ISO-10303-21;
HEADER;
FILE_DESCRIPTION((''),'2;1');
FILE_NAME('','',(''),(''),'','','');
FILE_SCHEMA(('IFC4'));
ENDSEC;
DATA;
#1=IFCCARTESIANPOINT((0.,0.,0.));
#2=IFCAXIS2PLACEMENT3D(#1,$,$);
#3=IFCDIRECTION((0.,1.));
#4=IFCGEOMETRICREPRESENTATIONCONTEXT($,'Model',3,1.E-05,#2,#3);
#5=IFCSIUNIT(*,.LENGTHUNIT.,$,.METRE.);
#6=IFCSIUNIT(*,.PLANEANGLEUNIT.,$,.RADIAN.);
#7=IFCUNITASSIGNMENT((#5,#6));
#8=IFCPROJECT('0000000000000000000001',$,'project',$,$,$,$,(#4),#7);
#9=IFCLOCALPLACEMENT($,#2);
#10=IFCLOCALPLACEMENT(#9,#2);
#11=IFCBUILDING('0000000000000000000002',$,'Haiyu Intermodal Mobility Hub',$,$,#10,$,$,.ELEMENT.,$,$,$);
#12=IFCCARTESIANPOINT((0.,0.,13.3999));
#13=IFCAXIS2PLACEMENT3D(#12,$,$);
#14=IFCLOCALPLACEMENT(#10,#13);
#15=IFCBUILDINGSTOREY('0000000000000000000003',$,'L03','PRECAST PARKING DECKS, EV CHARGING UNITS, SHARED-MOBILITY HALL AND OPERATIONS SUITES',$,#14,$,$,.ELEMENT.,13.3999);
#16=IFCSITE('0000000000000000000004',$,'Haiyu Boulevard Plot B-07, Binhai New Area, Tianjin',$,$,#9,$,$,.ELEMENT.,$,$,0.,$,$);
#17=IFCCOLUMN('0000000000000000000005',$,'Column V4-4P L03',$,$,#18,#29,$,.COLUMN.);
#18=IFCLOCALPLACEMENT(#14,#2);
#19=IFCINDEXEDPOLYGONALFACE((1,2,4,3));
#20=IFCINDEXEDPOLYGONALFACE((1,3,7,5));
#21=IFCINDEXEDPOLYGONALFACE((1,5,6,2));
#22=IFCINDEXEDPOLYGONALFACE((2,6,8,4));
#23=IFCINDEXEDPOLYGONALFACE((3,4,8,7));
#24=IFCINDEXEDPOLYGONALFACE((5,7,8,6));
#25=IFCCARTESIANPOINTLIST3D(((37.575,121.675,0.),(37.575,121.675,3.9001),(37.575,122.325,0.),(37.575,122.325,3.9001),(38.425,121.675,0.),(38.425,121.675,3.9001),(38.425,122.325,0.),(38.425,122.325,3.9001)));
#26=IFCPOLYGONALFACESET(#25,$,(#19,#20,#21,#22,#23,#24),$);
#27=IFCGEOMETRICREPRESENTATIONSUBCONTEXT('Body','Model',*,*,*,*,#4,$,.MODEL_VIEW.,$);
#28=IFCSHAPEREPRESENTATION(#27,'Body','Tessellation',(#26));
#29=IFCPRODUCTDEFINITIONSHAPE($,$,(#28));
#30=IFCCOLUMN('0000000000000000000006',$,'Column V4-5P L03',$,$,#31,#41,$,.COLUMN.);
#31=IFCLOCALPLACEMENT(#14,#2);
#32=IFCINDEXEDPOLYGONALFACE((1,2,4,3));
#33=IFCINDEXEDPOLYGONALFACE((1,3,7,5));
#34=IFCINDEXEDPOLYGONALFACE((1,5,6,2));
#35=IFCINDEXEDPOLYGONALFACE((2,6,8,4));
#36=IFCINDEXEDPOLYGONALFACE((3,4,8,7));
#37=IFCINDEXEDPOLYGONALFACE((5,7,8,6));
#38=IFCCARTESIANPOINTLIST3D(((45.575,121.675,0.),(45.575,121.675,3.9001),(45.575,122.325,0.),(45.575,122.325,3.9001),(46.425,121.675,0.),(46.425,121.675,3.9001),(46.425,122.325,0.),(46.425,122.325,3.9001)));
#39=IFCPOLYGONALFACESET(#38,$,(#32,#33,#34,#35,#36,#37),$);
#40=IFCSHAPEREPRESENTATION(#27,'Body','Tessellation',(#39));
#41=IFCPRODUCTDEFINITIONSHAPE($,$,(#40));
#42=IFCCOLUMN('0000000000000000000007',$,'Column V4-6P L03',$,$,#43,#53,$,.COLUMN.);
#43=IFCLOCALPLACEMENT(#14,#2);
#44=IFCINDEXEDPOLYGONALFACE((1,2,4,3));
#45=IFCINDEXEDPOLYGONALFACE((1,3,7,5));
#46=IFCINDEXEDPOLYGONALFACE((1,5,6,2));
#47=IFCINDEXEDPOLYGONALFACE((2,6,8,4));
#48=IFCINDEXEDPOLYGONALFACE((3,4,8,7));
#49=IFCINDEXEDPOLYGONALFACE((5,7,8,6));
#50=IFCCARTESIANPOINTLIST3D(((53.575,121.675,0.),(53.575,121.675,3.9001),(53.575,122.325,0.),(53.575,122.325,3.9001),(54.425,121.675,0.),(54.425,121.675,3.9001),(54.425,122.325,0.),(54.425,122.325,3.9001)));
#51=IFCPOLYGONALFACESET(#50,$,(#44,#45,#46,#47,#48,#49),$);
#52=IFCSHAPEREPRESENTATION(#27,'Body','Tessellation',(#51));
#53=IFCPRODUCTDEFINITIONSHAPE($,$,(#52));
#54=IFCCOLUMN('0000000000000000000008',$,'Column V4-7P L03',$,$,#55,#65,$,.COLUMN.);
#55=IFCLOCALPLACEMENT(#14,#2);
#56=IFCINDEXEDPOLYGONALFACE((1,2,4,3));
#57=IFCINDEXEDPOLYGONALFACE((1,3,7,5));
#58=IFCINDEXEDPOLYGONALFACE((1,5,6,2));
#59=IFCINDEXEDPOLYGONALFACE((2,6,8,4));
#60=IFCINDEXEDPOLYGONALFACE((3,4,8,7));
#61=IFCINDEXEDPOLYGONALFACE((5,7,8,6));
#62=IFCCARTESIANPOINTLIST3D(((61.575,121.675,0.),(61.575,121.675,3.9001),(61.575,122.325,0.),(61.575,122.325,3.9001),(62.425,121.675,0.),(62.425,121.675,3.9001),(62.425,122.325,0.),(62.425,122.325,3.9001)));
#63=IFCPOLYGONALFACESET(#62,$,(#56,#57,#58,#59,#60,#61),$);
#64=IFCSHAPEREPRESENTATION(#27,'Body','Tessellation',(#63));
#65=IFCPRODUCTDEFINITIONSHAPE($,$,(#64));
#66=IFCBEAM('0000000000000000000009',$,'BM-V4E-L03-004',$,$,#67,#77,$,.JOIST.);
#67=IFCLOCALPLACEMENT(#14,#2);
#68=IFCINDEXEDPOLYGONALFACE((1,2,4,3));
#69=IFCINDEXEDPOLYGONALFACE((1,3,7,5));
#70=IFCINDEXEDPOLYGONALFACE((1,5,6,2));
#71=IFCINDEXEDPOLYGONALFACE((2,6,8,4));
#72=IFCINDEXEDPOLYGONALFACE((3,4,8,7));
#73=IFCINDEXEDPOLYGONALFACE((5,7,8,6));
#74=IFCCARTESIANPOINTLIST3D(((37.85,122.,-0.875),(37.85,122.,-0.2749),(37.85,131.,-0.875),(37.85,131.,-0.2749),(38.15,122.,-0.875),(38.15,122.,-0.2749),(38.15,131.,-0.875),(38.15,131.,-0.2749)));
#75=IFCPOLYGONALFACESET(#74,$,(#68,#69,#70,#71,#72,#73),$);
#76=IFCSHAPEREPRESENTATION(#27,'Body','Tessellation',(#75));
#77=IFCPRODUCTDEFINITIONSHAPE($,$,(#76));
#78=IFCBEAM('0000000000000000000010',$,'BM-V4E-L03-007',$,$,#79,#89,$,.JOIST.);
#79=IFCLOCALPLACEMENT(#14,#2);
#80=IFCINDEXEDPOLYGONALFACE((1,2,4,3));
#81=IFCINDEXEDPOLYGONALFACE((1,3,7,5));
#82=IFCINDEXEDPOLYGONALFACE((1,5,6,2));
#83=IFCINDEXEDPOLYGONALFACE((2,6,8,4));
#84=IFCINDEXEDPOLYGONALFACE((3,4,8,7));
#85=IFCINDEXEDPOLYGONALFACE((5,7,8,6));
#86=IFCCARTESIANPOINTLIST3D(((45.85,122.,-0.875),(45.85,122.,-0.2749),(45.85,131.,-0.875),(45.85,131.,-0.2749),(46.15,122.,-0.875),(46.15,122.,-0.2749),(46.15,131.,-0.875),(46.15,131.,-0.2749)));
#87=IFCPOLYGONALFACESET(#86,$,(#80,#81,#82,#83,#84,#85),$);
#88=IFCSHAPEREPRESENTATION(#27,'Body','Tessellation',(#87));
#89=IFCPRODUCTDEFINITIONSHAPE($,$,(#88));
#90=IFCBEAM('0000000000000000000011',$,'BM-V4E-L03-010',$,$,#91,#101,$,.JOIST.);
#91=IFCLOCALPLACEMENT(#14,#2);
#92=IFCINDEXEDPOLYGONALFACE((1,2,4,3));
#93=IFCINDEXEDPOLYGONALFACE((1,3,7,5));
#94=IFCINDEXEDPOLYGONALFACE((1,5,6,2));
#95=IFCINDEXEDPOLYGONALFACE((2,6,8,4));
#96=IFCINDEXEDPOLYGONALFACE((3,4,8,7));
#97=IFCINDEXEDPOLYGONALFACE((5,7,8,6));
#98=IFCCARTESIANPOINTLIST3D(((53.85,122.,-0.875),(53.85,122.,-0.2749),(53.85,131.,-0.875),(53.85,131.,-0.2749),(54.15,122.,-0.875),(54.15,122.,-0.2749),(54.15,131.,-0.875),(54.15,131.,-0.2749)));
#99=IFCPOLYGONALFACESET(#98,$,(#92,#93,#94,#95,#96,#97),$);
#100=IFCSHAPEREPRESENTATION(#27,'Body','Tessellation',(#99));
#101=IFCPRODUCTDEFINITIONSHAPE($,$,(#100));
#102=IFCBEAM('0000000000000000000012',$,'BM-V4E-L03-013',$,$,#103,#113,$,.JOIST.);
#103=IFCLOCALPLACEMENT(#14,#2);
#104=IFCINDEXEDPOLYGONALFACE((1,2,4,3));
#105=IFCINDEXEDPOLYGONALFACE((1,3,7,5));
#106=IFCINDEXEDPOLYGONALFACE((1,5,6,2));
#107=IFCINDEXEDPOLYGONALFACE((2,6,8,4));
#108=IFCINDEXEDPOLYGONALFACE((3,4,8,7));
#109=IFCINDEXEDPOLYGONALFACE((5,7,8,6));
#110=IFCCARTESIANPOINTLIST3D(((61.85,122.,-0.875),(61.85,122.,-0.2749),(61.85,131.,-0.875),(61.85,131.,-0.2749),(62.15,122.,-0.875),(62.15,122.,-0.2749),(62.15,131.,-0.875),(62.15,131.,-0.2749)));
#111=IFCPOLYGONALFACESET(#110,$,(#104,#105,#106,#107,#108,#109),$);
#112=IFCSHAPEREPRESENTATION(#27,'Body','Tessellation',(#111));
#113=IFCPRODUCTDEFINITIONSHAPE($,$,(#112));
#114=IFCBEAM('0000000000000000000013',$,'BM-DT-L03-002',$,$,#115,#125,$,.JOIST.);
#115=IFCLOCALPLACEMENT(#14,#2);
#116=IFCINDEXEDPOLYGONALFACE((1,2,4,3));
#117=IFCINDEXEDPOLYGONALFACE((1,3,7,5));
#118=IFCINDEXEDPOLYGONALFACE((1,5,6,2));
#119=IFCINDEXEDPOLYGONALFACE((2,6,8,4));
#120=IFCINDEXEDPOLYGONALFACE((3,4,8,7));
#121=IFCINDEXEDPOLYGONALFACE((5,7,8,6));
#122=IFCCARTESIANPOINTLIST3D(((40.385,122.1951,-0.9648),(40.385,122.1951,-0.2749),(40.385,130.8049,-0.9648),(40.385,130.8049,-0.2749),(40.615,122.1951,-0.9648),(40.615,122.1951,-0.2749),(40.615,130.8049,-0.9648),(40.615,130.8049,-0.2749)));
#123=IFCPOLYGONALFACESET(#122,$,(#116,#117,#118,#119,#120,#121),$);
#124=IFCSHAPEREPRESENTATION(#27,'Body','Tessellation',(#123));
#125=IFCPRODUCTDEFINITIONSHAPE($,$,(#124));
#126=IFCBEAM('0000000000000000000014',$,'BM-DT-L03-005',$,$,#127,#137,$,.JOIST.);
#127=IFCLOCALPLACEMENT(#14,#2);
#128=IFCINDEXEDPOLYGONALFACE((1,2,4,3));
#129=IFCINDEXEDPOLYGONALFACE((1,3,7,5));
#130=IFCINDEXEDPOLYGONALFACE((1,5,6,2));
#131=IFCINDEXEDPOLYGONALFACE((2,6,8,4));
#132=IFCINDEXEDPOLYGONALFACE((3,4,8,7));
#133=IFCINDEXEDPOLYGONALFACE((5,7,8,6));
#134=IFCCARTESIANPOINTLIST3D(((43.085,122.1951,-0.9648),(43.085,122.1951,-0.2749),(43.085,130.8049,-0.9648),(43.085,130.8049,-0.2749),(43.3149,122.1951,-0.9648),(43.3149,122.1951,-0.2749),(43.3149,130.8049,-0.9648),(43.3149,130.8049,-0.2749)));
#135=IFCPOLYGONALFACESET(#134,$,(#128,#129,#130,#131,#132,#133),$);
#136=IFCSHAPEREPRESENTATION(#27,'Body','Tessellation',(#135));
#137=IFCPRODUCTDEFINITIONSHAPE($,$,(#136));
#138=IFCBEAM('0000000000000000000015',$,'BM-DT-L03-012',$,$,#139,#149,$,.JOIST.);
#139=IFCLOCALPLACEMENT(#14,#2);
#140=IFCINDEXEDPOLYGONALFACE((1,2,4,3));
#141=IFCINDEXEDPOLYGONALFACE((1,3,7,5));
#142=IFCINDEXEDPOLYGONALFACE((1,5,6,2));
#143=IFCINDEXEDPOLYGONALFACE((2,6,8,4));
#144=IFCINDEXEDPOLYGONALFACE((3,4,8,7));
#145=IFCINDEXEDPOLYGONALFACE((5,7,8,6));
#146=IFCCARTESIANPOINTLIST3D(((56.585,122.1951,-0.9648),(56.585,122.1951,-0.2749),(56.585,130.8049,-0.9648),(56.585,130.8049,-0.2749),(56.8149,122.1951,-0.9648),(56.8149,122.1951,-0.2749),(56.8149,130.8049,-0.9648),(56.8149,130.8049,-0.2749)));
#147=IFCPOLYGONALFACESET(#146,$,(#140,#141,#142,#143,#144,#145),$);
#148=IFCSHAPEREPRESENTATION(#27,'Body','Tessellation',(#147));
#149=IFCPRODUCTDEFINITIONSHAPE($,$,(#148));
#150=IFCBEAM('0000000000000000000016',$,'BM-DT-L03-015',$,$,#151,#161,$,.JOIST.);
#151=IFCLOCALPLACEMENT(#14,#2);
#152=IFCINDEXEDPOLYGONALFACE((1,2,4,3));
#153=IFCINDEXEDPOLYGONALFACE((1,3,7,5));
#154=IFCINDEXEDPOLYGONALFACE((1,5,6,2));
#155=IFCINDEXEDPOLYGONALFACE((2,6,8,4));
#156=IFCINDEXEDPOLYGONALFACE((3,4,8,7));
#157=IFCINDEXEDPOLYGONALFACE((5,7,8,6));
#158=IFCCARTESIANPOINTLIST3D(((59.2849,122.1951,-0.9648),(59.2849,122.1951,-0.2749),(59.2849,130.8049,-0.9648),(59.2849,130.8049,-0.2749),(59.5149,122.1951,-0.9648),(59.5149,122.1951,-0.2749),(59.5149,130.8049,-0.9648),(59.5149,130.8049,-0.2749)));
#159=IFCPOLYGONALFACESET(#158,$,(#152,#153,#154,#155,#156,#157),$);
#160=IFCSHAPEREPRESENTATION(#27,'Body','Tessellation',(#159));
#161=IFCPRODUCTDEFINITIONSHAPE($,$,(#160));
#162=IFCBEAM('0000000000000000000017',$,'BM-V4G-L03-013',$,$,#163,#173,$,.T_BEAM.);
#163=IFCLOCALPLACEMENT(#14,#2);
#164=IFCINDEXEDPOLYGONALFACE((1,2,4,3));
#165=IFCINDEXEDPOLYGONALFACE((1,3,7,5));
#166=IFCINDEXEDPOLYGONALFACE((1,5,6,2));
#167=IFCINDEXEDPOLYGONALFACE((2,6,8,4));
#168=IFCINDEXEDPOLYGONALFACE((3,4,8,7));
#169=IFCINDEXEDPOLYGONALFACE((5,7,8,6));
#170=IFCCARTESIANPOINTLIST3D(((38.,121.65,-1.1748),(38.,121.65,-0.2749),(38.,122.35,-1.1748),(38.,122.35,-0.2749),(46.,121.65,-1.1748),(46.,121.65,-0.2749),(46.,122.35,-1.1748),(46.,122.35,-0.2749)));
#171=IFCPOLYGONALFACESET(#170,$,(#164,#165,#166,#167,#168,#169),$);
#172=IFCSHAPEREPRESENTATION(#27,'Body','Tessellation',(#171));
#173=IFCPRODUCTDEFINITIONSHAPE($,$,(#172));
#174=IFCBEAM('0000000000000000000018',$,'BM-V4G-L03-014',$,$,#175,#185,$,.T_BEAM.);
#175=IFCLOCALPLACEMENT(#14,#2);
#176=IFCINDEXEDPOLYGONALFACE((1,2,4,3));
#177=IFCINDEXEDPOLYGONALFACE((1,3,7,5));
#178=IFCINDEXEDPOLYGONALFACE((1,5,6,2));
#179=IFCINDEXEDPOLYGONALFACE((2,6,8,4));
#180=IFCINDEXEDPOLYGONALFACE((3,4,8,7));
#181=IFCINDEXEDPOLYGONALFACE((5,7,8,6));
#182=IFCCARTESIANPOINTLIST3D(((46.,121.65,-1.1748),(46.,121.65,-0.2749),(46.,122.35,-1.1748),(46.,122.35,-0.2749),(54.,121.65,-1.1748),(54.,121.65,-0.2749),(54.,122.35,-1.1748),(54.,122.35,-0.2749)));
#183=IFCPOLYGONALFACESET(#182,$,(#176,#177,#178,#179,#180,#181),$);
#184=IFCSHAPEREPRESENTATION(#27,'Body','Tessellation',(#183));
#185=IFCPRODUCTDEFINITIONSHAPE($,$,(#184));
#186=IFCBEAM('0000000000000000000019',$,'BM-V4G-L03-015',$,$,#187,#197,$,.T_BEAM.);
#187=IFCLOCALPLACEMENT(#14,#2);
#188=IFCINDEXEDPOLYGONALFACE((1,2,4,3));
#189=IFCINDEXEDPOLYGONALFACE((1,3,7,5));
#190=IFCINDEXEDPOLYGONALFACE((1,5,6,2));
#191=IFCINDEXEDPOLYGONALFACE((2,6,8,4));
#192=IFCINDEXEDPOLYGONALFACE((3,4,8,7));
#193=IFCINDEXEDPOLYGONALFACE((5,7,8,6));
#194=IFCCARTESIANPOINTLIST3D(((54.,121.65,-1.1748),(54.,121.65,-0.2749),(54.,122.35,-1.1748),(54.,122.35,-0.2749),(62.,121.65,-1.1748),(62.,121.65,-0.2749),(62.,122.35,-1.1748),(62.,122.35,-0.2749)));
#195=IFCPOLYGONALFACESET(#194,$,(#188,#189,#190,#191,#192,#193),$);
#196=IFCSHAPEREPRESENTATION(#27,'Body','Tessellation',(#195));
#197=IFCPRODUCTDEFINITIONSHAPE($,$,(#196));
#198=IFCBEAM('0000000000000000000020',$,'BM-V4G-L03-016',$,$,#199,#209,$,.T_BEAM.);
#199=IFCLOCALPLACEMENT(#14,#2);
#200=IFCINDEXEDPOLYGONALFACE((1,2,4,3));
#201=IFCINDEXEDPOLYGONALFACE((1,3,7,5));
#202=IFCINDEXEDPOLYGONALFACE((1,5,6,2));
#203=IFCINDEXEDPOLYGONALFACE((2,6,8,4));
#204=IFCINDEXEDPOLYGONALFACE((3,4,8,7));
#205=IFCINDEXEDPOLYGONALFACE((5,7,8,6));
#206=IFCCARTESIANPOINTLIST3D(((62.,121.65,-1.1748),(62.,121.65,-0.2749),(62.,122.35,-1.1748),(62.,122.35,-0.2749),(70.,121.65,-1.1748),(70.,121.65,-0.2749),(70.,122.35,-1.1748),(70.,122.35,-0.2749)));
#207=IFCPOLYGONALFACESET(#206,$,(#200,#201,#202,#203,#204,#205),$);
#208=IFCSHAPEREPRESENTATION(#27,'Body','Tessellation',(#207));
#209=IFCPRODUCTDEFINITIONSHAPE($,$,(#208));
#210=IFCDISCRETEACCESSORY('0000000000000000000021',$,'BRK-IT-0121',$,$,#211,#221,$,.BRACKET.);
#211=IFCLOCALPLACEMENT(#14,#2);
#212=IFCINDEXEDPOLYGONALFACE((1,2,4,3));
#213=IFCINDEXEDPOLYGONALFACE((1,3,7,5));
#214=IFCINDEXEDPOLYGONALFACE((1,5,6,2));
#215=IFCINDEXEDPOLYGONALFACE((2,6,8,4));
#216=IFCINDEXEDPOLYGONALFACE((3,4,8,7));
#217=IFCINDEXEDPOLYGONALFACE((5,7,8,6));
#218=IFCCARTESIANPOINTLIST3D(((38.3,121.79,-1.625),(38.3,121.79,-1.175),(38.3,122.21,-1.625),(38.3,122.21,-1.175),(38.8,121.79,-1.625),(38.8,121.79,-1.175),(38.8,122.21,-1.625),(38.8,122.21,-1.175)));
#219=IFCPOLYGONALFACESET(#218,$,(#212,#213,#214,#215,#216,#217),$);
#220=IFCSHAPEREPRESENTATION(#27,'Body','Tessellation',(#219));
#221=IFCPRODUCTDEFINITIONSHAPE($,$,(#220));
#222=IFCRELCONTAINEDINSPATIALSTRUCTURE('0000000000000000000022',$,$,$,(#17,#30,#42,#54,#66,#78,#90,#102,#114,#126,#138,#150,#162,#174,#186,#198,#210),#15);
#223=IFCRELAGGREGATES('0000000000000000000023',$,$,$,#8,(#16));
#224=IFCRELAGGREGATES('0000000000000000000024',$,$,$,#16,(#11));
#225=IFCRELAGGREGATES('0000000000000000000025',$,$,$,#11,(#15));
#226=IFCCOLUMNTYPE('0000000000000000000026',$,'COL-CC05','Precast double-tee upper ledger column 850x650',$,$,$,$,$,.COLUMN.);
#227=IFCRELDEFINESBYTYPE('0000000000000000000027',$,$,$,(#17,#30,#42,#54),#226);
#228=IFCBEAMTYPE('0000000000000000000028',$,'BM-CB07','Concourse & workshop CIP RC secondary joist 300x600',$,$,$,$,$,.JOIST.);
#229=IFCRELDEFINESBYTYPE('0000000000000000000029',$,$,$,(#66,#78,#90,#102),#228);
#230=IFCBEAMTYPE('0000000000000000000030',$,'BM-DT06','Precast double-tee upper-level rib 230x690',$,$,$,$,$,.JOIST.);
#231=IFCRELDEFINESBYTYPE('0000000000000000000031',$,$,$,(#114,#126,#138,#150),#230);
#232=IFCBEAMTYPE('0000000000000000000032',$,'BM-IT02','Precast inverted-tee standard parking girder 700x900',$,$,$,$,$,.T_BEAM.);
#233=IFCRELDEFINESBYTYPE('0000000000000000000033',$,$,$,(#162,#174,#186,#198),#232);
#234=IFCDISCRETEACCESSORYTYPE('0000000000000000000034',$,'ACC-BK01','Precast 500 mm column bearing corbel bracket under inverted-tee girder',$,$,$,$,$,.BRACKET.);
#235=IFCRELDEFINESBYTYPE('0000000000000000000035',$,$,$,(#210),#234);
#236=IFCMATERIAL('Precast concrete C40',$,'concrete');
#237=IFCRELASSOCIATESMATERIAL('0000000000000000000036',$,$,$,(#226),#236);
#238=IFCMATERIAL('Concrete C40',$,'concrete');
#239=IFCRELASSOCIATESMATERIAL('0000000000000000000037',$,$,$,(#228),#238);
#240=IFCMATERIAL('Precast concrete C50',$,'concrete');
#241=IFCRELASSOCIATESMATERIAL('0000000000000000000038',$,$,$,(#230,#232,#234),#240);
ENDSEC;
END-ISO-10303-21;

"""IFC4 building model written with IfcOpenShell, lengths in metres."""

from ifc_helpers import new_model, si_unit, direction, frame, origin, origin_2d, place, context, subcontext, project, spatial, rectangle, extrude, material, material_profile, profile_set, type_object, element, save


model = new_model("IFC4")

# Units and contexts
model_context = context("Model", 3, precision=1e-05, world=origin(), true_north=direction((0.0, 1.0)))
body_context = subcontext(model_context, "Body", "Model", "MODEL_VIEW")
ifc_project = project(units=[si_unit("LENGTHUNIT", "METRE"), si_unit("PLANEANGLEUNIT", "RADIAN")], contexts=[model_context])

# Site, building, storey
site_placement = place(None, origin())
site = spatial("IfcSite", under=ifc_project, at=site_placement, Name="Haiyu Boulevard Plot B-07, Binhai New Area, Tianjin", CompositionType="ELEMENT", RefElevation=0.0)
building_placement = place(site_placement, origin())
building = spatial("IfcBuilding", under=site, at=building_placement, Name="Haiyu Intermodal Mobility Hub", CompositionType="ELEMENT")
storey_placement = place(building_placement, frame((0.0, 0.0, 13.3999)))
storey = spatial("IfcBuildingStorey", under=building, at=storey_placement, Name="L03", Description="PRECAST PARKING DECKS, EV CHARGING UNITS, SHARED-MOBILITY HALL AND OPERATIONS SUITES", CompositionType="ELEMENT", Elevation=13.3999)

# Columns
ifc_material_1 = material(Name="Precast concrete C40", Category="concrete")
ifc_material_profile_1 = material_profile(ifc_material_1, rectangle(XDim=0.8501, YDim=0.6499, at=origin_2d()), Name="RC850x650")
ifc_profile_set_1 = profile_set([ifc_material_profile_1], Name="Precast concrete C40")
column_type = type_object("IfcColumnType", Name="COL-CC05", Description="Precast double-tee upper ledger column 850x650", PredefinedType="COLUMN", material=ifc_profile_set_1)
for number, where, z_axis, x_axis, name in (
    (1, (38.0, 122.0, 0.0), (0.0, 0.0, 1.0), (1.0, 0.0, 0.0), "Column V4-4P L03"),
    (2, (46.0, 122.0, 0.0), (0.0, 0.0, 1.0), (1.0, 0.0, 0.0), "Column V4-5P L03"),
    (3, (54.0, 122.0, 0.0), (0.0, 0.0, 1.0), (1.0, 0.0, 0.0), "Column V4-6P L03"),
    (4, (62.0, 122.0, 0.0), (0.0, 0.0, 1.0), (1.0, 0.0, 0.0), "Column V4-7P L03"),
):
    element("IfcColumn", number, at=place(storey_placement, frame(where, z_axis=z_axis, x_axis=x_axis)), inside=storey, type_object=column_type, Name=name, PredefinedType="COLUMN", context=body_context, shape_type="SweptSolid", body=[
        extrude(rectangle(XDim=0.8501, YDim=0.6499, at=origin_2d()), origin(), (0.0, 0.0, 1.0), 3.9001),
    ])

# Beams
ifc_material_2 = material(Name="Concrete C40", Category="concrete")
ifc_material_profile_2 = material_profile(ifc_material_2, rectangle(XDim=0.3, YDim=0.6001, at=origin_2d()), Name="RCB300x600")
ifc_profile_set_2 = profile_set([ifc_material_profile_2], Name="Concrete C40")
beam_type_1 = type_object("IfcBeamType", Name="BM-CB07", Description="Concourse & workshop CIP RC secondary joist 300x600", PredefinedType="JOIST", material=ifc_profile_set_2)
for number, where, z_axis, x_axis, name in (
    (5, (38.0, 122.0, -0.575), (0.0, 1.0, 0.0), (-1.0, 0.0, 0.0), "BM-V4E-L03-004"),
    (6, (46.0, 122.0, -0.575), (0.0, 1.0, 0.0), (-1.0, 0.0, 0.0), "BM-V4E-L03-007"),
    (7, (54.0, 122.0, -0.575), (0.0, 1.0, 0.0), (-1.0, 0.0, 0.0), "BM-V4E-L03-010"),
    (8, (62.0, 122.0, -0.575), (0.0, 1.0, 0.0), (-1.0, 0.0, 0.0), "BM-V4E-L03-013"),
):
    element("IfcBeam", number, at=place(storey_placement, frame(where, z_axis=z_axis, x_axis=x_axis)), inside=storey, type_object=beam_type_1, Name=name, PredefinedType="JOIST", context=body_context, shape_type="SweptSolid", body=[
        extrude(rectangle(XDim=0.3, YDim=0.6001, at=origin_2d()), origin(), (0.0, 0.0, 1.0), 9.0),
    ])
ifc_material_3 = material(Name="Precast concrete C50", Category="concrete")
ifc_material_profile_3 = material_profile(ifc_material_3, rectangle(XDim=0.23, YDim=0.6899, at=origin_2d()), Name="B230x690")
ifc_profile_set_3 = profile_set([ifc_material_profile_3], Name="Precast concrete C50")
beam_type_2 = type_object("IfcBeamType", Name="BM-DT06", Description="Precast double-tee upper-level rib 230x690", PredefinedType="JOIST", material=ifc_profile_set_3)
for number, where, z_axis, x_axis, name in (
    (9, (40.5, 122.1951, -0.6199), (0.0, 1.0, 0.0), (-1.0, 0.0, 0.0), "BM-DT-L03-002"),
    (10, (43.2, 122.1951, -0.6199), (0.0, 1.0, 0.0), (-1.0, 0.0, 0.0), "BM-DT-L03-005"),
    (11, (56.7, 122.1951, -0.6199), (0.0, 1.0, 0.0), (-1.0, 0.0, 0.0), "BM-DT-L03-012"),
    (12, (59.3999, 122.1951, -0.6199), (0.0, 1.0, 0.0), (-1.0, 0.0, 0.0), "BM-DT-L03-015"),
):
    element("IfcBeam", number, at=place(storey_placement, frame(where, z_axis=z_axis, x_axis=x_axis)), inside=storey, type_object=beam_type_2, Name=name, PredefinedType="JOIST", context=body_context, shape_type="SweptSolid", body=[
        extrude(rectangle(XDim=0.23, YDim=0.6899, at=origin_2d()), origin(), (0.0, 0.0, 1.0), 8.6099),
    ])
ifc_material_profile_4 = material_profile(ifc_material_3, rectangle(XDim=0.7, YDim=0.8999, at=origin_2d()), Name="PC700x900")
ifc_profile_set_4 = profile_set([ifc_material_profile_4], Name="Precast concrete C50")
beam_type_3 = type_object("IfcBeamType", Name="BM-IT02", Description="Precast inverted-tee standard parking girder 700x900", PredefinedType="T_BEAM", material=ifc_profile_set_4)
for number, where, z_axis, x_axis, name in (
    (13, (38.0, 122.0, -0.7249), (1.0, 0.0, 0.0), (0.0, 1.0, 0.0), "BM-V4G-L03-013"),
    (14, (46.0, 122.0, -0.7249), (1.0, 0.0, 0.0), (0.0, 1.0, 0.0), "BM-V4G-L03-014"),
    (15, (54.0, 122.0, -0.7249), (1.0, 0.0, 0.0), (0.0, 1.0, 0.0), "BM-V4G-L03-015"),
    (16, (62.0, 122.0, -0.7249), (1.0, 0.0, 0.0), (0.0, 1.0, 0.0), "BM-V4G-L03-016"),
):
    element("IfcBeam", number, at=place(storey_placement, frame(where, z_axis=z_axis, x_axis=x_axis)), inside=storey, type_object=beam_type_3, Name=name, PredefinedType="T_BEAM", context=body_context, shape_type="SweptSolid", body=[
        extrude(rectangle(XDim=0.7, YDim=0.8999, at=origin_2d()), origin(), (0.0, 0.0, 1.0), 8.0),
    ])

# Discrete accessory
discrete_accessory_type = type_object("IfcDiscreteAccessoryType", Name="ACC-BK01", Description="Precast 500 mm column bearing corbel bracket under inverted-tee girder", PredefinedType="BRACKET", material=ifc_material_3)
for number, where, z_axis, x_axis, name in (
    (17, (38.55, 122.0, -1.625), (0.0, 0.0, 1.0), (1.0, 0.0, 0.0), "BRK-IT-0121"),
):
    element("IfcDiscreteAccessory", number, at=place(storey_placement, frame(where, z_axis=z_axis, x_axis=x_axis)), inside=storey, type_object=discrete_accessory_type, Name=name, PredefinedType="BRACKET", context=body_context, shape_type="SweptSolid", body=[
        extrude(rectangle(XDim=0.5, YDim=0.4199, at=origin_2d()), origin(), (0.0, 0.0, 1.0), 0.45),
    ])

save(model, "model.ifc")
